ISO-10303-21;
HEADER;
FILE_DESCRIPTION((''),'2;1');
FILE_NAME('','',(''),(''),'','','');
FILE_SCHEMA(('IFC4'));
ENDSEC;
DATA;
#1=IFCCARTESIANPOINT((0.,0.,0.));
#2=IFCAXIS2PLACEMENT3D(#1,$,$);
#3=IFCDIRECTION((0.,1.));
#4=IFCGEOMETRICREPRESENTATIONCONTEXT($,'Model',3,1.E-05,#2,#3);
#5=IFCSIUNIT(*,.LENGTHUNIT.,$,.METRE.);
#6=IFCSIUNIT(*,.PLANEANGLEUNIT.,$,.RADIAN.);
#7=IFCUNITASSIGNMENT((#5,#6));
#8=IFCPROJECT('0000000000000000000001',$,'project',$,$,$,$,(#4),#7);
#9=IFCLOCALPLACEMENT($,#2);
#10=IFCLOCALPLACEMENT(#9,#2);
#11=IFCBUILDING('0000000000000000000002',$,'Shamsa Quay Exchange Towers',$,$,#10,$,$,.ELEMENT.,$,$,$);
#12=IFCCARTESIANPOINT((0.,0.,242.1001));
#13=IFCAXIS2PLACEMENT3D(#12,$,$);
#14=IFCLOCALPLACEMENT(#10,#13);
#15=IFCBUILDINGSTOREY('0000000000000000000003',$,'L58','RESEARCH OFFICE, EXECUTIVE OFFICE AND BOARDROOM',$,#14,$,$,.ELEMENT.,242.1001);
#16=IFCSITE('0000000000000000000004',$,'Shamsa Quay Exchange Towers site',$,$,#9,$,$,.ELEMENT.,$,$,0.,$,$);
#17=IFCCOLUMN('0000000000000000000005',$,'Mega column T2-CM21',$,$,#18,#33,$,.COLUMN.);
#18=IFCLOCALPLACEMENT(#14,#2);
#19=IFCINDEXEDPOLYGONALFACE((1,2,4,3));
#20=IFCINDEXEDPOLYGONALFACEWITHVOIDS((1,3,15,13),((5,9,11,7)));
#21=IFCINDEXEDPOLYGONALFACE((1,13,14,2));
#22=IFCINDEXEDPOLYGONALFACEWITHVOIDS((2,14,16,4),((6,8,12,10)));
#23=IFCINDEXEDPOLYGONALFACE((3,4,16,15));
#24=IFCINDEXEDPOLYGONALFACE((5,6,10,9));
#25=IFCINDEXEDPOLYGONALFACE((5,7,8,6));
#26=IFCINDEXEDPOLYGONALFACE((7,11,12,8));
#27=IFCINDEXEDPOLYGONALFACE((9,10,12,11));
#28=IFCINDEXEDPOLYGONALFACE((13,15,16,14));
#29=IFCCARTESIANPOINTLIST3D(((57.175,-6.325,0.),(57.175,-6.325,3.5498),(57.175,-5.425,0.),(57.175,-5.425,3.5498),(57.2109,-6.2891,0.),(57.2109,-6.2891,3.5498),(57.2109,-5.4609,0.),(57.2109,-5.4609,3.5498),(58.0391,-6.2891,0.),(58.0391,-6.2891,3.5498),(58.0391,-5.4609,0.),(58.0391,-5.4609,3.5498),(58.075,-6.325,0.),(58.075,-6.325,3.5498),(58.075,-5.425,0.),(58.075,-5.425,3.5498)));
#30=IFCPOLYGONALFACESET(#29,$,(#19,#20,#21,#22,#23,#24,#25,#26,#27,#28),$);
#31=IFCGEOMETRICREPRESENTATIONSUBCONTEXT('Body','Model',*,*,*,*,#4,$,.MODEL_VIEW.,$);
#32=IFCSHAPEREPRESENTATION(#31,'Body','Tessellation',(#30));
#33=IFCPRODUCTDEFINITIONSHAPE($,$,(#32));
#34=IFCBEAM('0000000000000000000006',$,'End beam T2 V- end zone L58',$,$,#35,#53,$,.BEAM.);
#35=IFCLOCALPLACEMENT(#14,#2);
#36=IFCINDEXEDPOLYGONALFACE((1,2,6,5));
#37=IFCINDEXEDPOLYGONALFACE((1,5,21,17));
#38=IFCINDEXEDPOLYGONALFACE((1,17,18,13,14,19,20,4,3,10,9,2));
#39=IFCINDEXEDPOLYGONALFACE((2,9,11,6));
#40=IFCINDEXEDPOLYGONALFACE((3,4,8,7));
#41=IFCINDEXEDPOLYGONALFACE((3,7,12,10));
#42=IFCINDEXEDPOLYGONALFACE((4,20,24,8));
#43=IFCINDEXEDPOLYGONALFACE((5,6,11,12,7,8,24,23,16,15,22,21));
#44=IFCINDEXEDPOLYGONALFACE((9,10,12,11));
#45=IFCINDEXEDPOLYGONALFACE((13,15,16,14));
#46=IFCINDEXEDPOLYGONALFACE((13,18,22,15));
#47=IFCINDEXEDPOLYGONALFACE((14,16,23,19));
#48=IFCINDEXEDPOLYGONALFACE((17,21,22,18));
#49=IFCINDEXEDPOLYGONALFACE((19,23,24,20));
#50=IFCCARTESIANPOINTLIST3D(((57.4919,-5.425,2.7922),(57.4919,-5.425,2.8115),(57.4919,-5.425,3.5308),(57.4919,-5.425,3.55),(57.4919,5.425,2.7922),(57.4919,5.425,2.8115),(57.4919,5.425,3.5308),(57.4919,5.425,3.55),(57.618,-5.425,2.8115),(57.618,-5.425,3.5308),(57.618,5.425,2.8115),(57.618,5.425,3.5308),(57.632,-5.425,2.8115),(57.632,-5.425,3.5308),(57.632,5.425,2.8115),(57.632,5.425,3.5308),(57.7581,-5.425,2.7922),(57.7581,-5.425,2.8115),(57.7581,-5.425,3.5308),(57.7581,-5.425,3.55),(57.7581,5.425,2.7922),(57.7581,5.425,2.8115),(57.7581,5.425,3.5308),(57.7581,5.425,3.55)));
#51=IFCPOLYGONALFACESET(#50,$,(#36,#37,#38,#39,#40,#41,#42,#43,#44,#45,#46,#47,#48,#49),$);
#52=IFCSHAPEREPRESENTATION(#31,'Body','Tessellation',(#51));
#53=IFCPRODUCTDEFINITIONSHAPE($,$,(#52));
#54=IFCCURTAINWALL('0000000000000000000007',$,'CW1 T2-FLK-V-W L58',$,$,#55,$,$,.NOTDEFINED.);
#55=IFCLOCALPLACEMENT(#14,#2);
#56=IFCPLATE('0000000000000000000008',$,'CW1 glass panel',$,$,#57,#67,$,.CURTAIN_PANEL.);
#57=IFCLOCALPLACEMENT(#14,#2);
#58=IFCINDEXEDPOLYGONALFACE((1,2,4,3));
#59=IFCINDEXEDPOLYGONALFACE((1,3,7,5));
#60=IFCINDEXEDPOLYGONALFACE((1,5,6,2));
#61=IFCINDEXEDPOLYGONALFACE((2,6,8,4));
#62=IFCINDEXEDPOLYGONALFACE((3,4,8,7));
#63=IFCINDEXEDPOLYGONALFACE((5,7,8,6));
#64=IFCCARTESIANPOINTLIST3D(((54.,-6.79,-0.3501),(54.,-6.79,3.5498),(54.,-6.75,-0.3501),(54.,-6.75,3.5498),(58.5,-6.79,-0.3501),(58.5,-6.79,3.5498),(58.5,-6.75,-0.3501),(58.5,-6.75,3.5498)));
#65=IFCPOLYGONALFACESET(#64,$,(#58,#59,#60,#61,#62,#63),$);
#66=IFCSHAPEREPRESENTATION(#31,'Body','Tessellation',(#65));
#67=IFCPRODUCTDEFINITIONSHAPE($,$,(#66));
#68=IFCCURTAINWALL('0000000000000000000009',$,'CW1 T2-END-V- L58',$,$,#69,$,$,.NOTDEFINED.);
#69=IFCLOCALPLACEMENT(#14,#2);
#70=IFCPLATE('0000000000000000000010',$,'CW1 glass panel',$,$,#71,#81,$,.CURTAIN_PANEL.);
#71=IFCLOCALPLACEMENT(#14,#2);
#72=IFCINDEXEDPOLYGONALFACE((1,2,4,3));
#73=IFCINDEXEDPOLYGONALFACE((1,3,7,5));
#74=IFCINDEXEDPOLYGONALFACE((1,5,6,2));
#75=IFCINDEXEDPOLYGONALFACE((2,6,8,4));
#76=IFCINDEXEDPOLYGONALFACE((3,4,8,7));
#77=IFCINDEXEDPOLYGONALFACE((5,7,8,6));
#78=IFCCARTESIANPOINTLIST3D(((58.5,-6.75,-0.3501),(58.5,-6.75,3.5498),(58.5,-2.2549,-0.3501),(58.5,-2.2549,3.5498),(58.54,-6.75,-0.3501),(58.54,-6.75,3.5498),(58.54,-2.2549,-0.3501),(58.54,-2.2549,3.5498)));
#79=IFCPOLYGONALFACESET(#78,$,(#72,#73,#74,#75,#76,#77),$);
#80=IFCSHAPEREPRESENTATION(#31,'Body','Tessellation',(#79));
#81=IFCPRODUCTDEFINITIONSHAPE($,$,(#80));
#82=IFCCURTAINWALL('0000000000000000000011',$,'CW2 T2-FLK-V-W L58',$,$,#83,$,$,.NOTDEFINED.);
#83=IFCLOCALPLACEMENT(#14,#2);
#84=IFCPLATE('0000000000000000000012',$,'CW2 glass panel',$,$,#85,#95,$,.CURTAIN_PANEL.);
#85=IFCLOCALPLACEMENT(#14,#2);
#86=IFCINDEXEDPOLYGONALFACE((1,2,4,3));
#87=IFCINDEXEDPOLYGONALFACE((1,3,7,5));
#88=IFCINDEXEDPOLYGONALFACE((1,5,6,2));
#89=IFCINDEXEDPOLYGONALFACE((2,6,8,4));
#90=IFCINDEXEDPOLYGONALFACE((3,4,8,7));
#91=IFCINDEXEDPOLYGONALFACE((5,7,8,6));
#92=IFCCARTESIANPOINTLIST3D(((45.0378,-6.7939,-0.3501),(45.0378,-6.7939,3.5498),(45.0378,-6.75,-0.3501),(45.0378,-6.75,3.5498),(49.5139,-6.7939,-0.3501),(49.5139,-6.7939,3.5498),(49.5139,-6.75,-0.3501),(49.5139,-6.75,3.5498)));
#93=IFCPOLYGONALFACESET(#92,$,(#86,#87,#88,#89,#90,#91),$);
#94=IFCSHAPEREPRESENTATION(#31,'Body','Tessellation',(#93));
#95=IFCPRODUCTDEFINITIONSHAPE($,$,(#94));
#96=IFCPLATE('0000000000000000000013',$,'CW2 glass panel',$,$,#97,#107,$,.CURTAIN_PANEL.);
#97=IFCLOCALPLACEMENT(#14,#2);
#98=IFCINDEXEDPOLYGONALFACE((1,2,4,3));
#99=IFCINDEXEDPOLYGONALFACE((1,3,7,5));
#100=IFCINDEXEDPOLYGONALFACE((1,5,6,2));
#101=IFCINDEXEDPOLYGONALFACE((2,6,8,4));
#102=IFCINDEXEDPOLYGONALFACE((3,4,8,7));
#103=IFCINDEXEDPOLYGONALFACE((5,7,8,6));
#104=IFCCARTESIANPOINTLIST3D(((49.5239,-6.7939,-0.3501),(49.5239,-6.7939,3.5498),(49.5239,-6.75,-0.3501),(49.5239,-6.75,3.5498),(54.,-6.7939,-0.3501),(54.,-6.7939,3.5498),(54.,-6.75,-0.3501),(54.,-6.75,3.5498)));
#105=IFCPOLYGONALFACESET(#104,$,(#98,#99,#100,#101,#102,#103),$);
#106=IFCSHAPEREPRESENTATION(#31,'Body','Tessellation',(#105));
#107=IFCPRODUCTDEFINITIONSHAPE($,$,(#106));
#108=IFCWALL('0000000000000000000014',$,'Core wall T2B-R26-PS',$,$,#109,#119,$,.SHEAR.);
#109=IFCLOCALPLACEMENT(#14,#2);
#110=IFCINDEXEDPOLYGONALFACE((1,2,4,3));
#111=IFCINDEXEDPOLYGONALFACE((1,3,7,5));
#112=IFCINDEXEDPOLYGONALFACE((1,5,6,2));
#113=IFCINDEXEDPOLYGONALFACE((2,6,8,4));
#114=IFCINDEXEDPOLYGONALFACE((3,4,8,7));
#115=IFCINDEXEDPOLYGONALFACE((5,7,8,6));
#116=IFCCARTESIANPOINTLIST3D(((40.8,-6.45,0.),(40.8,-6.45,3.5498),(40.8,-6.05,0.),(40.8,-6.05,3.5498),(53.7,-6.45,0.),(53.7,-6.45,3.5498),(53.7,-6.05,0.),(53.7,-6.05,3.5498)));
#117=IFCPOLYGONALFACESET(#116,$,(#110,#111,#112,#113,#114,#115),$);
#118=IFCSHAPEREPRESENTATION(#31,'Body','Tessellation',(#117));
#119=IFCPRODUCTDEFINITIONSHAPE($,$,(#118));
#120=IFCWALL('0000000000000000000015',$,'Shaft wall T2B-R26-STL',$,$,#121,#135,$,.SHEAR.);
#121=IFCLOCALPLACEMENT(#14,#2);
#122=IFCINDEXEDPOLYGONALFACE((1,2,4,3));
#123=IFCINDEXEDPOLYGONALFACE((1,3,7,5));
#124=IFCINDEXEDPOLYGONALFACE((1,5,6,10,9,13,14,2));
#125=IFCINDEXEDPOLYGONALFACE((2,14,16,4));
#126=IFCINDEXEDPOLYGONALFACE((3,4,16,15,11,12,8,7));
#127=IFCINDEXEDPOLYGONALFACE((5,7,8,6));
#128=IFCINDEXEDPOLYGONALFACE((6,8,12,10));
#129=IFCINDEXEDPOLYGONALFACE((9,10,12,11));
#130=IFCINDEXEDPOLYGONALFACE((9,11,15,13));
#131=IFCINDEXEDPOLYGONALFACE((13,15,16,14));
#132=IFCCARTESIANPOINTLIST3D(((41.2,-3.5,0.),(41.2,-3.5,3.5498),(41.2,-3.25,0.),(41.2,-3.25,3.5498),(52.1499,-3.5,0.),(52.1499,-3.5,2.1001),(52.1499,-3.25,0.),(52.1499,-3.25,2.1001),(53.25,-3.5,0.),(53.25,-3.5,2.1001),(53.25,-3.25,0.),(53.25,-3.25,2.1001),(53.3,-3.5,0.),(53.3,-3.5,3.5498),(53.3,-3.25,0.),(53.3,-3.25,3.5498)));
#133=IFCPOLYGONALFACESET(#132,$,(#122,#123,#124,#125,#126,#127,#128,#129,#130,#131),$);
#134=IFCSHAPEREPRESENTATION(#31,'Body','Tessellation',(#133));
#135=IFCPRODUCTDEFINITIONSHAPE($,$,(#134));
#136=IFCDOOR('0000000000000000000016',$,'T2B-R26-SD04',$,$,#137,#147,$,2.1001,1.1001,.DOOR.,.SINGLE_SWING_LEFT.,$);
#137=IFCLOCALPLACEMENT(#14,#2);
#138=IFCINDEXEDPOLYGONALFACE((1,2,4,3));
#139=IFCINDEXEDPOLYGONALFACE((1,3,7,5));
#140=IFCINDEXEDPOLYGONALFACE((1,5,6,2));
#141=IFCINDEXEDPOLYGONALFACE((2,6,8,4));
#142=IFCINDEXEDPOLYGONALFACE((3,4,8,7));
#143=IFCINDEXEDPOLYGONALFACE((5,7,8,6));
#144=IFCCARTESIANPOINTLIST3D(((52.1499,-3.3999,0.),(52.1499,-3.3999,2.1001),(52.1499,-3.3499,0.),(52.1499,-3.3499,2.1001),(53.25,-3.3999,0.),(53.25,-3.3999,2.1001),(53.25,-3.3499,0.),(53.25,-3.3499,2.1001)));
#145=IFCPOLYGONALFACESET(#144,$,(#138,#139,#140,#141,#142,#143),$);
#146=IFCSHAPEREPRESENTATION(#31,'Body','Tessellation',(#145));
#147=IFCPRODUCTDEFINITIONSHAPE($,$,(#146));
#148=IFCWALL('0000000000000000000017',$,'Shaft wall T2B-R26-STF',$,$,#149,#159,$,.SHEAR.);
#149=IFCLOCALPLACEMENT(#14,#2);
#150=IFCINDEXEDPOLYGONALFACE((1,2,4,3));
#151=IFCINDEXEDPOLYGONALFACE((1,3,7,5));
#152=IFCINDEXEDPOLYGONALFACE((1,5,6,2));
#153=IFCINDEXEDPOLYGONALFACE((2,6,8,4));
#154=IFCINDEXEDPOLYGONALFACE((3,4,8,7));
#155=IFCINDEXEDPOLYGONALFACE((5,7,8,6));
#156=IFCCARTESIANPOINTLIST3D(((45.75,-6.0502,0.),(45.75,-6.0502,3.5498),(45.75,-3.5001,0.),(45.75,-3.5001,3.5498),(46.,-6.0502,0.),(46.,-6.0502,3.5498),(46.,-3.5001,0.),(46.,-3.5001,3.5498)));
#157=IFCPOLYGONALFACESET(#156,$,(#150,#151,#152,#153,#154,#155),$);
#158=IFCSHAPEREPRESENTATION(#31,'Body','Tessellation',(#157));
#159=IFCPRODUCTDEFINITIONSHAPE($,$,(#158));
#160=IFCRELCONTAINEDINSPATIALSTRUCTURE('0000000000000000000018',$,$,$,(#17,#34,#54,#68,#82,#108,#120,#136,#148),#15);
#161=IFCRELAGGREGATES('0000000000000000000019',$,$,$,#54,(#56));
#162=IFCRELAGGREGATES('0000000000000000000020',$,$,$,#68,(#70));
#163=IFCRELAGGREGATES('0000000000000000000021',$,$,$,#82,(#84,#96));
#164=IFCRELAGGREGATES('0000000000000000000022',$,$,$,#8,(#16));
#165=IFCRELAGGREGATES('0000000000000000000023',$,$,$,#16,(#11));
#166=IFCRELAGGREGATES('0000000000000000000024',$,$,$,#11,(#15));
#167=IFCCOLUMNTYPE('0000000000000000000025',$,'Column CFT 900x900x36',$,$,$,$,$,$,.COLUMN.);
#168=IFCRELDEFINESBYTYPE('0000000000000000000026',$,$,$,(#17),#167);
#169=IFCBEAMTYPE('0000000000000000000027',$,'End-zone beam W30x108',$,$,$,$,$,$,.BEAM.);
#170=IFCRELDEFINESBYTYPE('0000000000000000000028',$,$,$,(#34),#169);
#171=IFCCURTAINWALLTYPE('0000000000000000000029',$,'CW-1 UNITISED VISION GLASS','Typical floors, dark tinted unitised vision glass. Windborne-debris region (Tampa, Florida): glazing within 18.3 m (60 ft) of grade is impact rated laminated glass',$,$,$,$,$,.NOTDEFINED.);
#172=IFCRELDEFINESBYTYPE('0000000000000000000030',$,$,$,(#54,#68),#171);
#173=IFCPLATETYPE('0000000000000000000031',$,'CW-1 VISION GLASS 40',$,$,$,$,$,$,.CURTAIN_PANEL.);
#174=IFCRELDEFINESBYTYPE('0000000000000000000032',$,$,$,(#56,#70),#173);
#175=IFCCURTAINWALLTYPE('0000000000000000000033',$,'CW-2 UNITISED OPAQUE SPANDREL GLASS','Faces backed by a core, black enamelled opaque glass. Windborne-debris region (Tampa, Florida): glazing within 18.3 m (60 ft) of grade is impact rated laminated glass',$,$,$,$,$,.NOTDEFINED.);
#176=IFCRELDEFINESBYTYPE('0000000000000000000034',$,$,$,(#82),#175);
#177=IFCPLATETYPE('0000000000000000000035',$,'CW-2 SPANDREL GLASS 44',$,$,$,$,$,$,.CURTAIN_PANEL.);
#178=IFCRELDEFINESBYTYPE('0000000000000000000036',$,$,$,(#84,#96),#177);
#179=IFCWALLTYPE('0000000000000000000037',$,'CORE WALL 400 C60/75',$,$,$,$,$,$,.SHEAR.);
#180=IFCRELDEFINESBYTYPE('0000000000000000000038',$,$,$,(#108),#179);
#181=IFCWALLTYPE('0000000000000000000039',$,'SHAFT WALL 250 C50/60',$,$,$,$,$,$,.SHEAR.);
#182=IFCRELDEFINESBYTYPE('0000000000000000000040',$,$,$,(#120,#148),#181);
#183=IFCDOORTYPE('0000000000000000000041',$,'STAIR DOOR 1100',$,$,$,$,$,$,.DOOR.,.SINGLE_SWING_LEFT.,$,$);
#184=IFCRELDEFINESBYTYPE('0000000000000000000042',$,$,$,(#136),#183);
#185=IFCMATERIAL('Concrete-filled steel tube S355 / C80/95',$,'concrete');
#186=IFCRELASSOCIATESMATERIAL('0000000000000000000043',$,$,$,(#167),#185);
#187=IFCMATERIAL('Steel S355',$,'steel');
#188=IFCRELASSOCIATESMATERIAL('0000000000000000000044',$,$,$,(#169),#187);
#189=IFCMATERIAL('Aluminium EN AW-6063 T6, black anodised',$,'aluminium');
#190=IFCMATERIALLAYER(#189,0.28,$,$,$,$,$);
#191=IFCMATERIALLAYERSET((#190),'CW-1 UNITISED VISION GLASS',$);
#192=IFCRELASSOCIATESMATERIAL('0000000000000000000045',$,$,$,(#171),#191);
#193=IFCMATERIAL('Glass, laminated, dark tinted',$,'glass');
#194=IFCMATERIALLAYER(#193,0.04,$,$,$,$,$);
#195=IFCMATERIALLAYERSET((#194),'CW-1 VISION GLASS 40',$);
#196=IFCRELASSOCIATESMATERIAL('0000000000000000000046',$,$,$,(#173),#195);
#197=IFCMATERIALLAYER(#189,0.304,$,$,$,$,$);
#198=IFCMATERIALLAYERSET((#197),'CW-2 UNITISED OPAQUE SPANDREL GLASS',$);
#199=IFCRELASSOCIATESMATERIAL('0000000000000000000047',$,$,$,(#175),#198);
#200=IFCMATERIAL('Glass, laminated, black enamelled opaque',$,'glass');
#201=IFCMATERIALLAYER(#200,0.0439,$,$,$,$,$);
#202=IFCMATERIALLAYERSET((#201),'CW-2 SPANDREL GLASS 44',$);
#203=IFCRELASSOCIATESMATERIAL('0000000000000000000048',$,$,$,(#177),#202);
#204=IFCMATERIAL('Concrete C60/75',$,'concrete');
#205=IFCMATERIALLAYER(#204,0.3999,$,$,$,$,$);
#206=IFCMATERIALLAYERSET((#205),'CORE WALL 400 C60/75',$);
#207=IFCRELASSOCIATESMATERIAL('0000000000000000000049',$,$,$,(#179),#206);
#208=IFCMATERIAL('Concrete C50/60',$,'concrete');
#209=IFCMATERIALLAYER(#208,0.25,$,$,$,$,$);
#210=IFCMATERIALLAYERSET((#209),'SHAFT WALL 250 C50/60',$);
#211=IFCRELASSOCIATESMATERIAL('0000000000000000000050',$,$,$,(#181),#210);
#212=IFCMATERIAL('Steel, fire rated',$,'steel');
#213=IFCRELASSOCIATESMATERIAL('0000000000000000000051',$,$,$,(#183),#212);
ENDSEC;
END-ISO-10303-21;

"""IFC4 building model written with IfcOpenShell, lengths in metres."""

from ifc_helpers import new_model, si_unit, direction, frame, frame_2d, origin, origin_2d, place, context, subcontext, project, spatial, rectangle, hollow_rectangle, i_section, extrude, material, layer, layer_set, material_profile, profile_set, type_object, element, fill, aggregate, save


model = new_model("IFC4")

# Units and contexts
model_context = context("Model", 3, precision=1e-05, world=origin(), true_north=direction((0.0, 1.0)))
body_context = subcontext(model_context, "Body", "Model", "MODEL_VIEW")
ifc_project = project(units=[si_unit("LENGTHUNIT", "METRE"), si_unit("PLANEANGLEUNIT", "RADIAN")], contexts=[model_context])

# Site, building, storey
site_placement = place(None, origin())
site = spatial("IfcSite", under=ifc_project, at=site_placement, Name="Shamsa Quay Exchange Towers site", CompositionType="ELEMENT", RefElevation=0.0)
building_placement = place(site_placement, origin())
building = spatial("IfcBuilding", under=site, at=building_placement, Name="Shamsa Quay Exchange Towers", CompositionType="ELEMENT")
storey_placement = place(building_placement, frame((0.0, 0.0, 242.1001)))
storey = spatial("IfcBuildingStorey", under=building, at=storey_placement, Name="L58", Description="RESEARCH OFFICE, EXECUTIVE OFFICE AND BOARDROOM", CompositionType="ELEMENT", Elevation=242.1001)

# Column
ifc_material_1 = material(Name="Concrete-filled steel tube S355 / C80/95", Category="concrete")
ifc_material_profile_1 = material_profile(ifc_material_1, hollow_rectangle(XDim=0.8999, YDim=0.8999, WallThickness=0.0359, at=origin_2d()), Name="CFT 900x900x36")
ifc_profile_set_1 = profile_set([ifc_material_profile_1], Name="Concrete-filled steel tube S355 / C80/95")
column_type = type_object("IfcColumnType", Name="Column CFT 900x900x36", PredefinedType="COLUMN", material=ifc_profile_set_1)
column_placement = place(storey_placement, frame((57.625, -5.875, 0.0)))
element("IfcColumn", 1, at=column_placement, inside=storey, type_object=column_type, Name="Mega column T2-CM21", PredefinedType="COLUMN", context=body_context, shape_type="SweptSolid", body=[
    extrude(hollow_rectangle(XDim=0.8999, YDim=0.8999, WallThickness=0.0359, at=origin_2d()), origin(), (0.0, 0.0, 1.0), 3.5498),
])

# Beam
ifc_material_2 = material(Name="Steel S355", Category="steel")
ifc_material_profile_2 = material_profile(ifc_material_2, i_section(OverallWidth=0.2661, OverallDepth=0.7578, WebThickness=0.0139, FlangeThickness=0.0193, at=origin_2d()), Name="W30x108")
ifc_profile_set_2 = profile_set([ifc_material_profile_2], Name="Steel S355")
beam_type = type_object("IfcBeamType", Name="End-zone beam W30x108", PredefinedType="BEAM", material=ifc_profile_set_2)
beam_placement = place(storey_placement, frame((57.625, -5.425, 3.1711), z_axis=(0.0, 1.0, 0.0), x_axis=(-1.0, 0.0, 0.0)))
element("IfcBeam", 2, at=beam_placement, inside=storey, type_object=beam_type, Name="End beam T2 V- end zone L58", PredefinedType="BEAM", context=body_context, shape_type="SweptSolid", body=[
    extrude(i_section(OverallWidth=0.2661, OverallDepth=0.7578, WebThickness=0.0139, FlangeThickness=0.0193, at=origin_2d()), origin(), (0.0, 0.0, 1.0), 10.8501),
])

# Curtain walls, plates
ifc_material_3 = material(Name="Aluminium EN AW-6063 T6, black anodised", Category="aluminium")
ifc_layer_1 = layer(ifc_material_3, 0.28)
ifc_layer_set_1 = layer_set([ifc_layer_1], Name="CW-1 UNITISED VISION GLASS")
curtain_wall_type_1 = type_object("IfcCurtainWallType", Name="CW-1 UNITISED VISION GLASS", Description="Typical floors, dark tinted unitised vision glass. Windborne-debris region (Tampa, Florida): glazing within 18.3 m (60 ft) of grade is impact rated laminated glass", PredefinedType="NOTDEFINED", material=ifc_layer_set_1)
curtain_wall_1_placement = place(storey_placement, origin())
curtain_wall_1 = element("IfcCurtainWall", 3, at=curtain_wall_1_placement, inside=storey, type_object=curtain_wall_type_1, Name="CW1 T2-FLK-V-W L58", PredefinedType="NOTDEFINED")
ifc_material_4 = material(Name="Glass, laminated, dark tinted", Category="glass")
ifc_layer_2 = layer(ifc_material_4, 0.04)
ifc_layer_set_2 = layer_set([ifc_layer_2], Name="CW-1 VISION GLASS 40")
plate_type_1 = type_object("IfcPlateType", Name="CW-1 VISION GLASS 40", PredefinedType="CURTAIN_PANEL", material=ifc_layer_set_2)
plate_1_placement = place(storey_placement, frame((56.25, -6.77, -0.3501)))
plate_1 = element("IfcPlate", 4, at=plate_1_placement, type_object=plate_type_1, Name="CW1 glass panel", PredefinedType="CURTAIN_PANEL", context=body_context, shape_type="SweptSolid", body=[
    extrude(rectangle(XDim=4.5, YDim=0.04, at=origin_2d()), origin(), (0.0, 0.0, 1.0), 3.8999),
])
aggregate(curtain_wall_1, [plate_1])
curtain_wall_2_placement = place(storey_placement, origin())
curtain_wall_2 = element("IfcCurtainWall", 5, at=curtain_wall_2_placement, inside=storey, type_object=curtain_wall_type_1, Name="CW1 T2-END-V- L58", PredefinedType="NOTDEFINED")
plate_2_placement = place(storey_placement, frame((58.52, -4.5024, -0.3501), z_axis=(0.0, 0.0, 1.0), x_axis=(0.0, 1.0, 0.0)))
plate_2 = element("IfcPlate", 6, at=plate_2_placement, type_object=plate_type_1, Name="CW1 glass panel", PredefinedType="CURTAIN_PANEL", context=body_context, shape_type="SweptSolid", body=[
    extrude(rectangle(XDim=4.4951, YDim=0.04, at=origin_2d()), origin(), (0.0, 0.0, 1.0), 3.8999),
])
aggregate(curtain_wall_2, [plate_2])

# Curtain wall, plates
ifc_layer_3 = layer(ifc_material_3, 0.304)
ifc_layer_set_3 = layer_set([ifc_layer_3], Name="CW-2 UNITISED OPAQUE SPANDREL GLASS")
curtain_wall_type_2 = type_object("IfcCurtainWallType", Name="CW-2 UNITISED OPAQUE SPANDREL GLASS", Description="Faces backed by a core, black enamelled opaque glass. Windborne-debris region (Tampa, Florida): glazing within 18.3 m (60 ft) of grade is impact rated laminated glass", PredefinedType="NOTDEFINED", material=ifc_layer_set_3)
curtain_wall_3_placement = place(storey_placement, origin())
curtain_wall_3 = element("IfcCurtainWall", 7, at=curtain_wall_3_placement, inside=storey, type_object=curtain_wall_type_2, Name="CW2 T2-FLK-V-W L58", PredefinedType="NOTDEFINED")
ifc_material_5 = material(Name="Glass, laminated, black enamelled opaque", Category="glass")
ifc_layer_4 = layer(ifc_material_5, 0.0439)
ifc_layer_set_4 = layer_set([ifc_layer_4], Name="CW-2 SPANDREL GLASS 44")
plate_type_2 = type_object("IfcPlateType", Name="CW-2 SPANDREL GLASS 44", PredefinedType="CURTAIN_PANEL", material=ifc_layer_set_4)
plate_3_placement = place(storey_placement, frame((47.2759, -6.772, -0.3501)))
plate_3 = element("IfcPlate", 8, at=plate_3_placement, type_object=plate_type_2, Name="CW2 glass panel", PredefinedType="CURTAIN_PANEL", context=body_context, shape_type="SweptSolid", body=[
    extrude(rectangle(XDim=4.4761, YDim=0.0439, at=origin_2d()), origin(), (0.0, 0.0, 1.0), 3.8999),
])
plate_4_placement = place(storey_placement, frame((51.762, -6.772, -0.3501)))
plate_4 = element("IfcPlate", 9, at=plate_4_placement, type_object=plate_type_2, Name="CW2 glass panel", PredefinedType="CURTAIN_PANEL", context=body_context, shape_type="SweptSolid", body=[
    extrude(rectangle(XDim=4.4761, YDim=0.0439, at=origin_2d()), origin(), (0.0, 0.0, 1.0), 3.8999),
])
aggregate(curtain_wall_3, [plate_3, plate_4])

# Wall
ifc_material_6 = material(Name="Concrete C60/75", Category="concrete")
ifc_layer_5 = layer(ifc_material_6, 0.3999)
ifc_layer_set_5 = layer_set([ifc_layer_5], Name="CORE WALL 400 C60/75")
wall_type_1 = type_object("IfcWallType", Name="CORE WALL 400 C60/75", PredefinedType="SHEAR", material=ifc_layer_set_5)
wall_1_placement = place(storey_placement, frame((53.7, -6.25, 0.0), z_axis=(0.0, 0.0, 1.0), x_axis=(-1.0, 0.0, 0.0)))
element("IfcWall", 10, at=wall_1_placement, inside=storey, type_object=wall_type_1, Name="Core wall T2B-R26-PS", PredefinedType="SHEAR", context=body_context, shape_type="SweptSolid", body=[
    extrude(rectangle(XDim=12.8999, YDim=0.3999, at=frame_2d((6.45, 0.0))), origin(), (0.0, 0.0, 1.0), 3.5498),
])

# Wall, opening, door
ifc_material_7 = material(Name="Steel, fire rated", Category="steel")
ifc_material_8 = material(Name="Concrete C50/60", Category="concrete")
ifc_layer_6 = layer(ifc_material_8, 0.25)
ifc_layer_set_6 = layer_set([ifc_layer_6], Name="SHAFT WALL 250 C50/60")
wall_type_2 = type_object("IfcWallType", Name="SHAFT WALL 250 C50/60", PredefinedType="SHEAR", material=ifc_layer_set_6)
wall_2_placement = place(storey_placement, frame((53.3, -3.375, 0.0), z_axis=(0.0, 0.0, 1.0), x_axis=(-1.0, 0.0, 0.0)))
wall_2 = element("IfcWall", 11, at=wall_2_placement, inside=storey, type_object=wall_type_2, Name="Shaft wall T2B-R26-STL", PredefinedType="SHEAR", context=body_context, shape_type="SweptSolid", body=[
    extrude(rectangle(XDim=12.1001, YDim=0.25, at=frame_2d((6.05, 0.0))), origin(), (0.0, 0.0, 1.0), 3.5498),
])
opening_1_placement = place(wall_2_placement, frame((0.05, 0.0, 0.0)))
opening_1 = element("IfcOpeningElement", 12, at=opening_1_placement, cuts=wall_2, PredefinedType="OPENING", context=body_context, shape_type="SweptSolid", body=[
    extrude(rectangle(XDim=1.1001, YDim=2.1001, at=frame_2d((0.55, 1.05))), frame((0.0, 0.135, 0.0), z_axis=(0.0, -1.0, 0.0), x_axis=(1.0, 0.0, 0.0)), (0.0, 0.0, 1.0), 0.27),
])
door_type_1 = type_object("IfcDoorType", Name="STAIR DOOR 1100", OperationType="SINGLE_SWING_LEFT", PredefinedType="DOOR", material=ifc_material_7)
door_1_placement = place(opening_1_placement, origin())
door_1 = element("IfcDoor", 13, at=door_1_placement, inside=storey, type_object=door_type_1, Name="T2B-R26-SD04", OperationType="SINGLE_SWING_LEFT", OverallHeight=2.1001, OverallWidth=1.1001, PredefinedType="DOOR", context=body_context, shape_type="SweptSolid", body=[
    extrude(rectangle(XDim=1.1001, YDim=2.1001, at=frame_2d((0.55, 1.05))), frame((0.0, 0.0249, 0.0), z_axis=(0.0, -1.0, 0.0), x_axis=(1.0, 0.0, 0.0)), (0.0, 0.0, 1.0), 0.05),
])
fill(opening_1, door_1)

# Wall
wall_3_placement = place(storey_placement, frame((45.875, -6.05, 0.0), z_axis=(0.0, 0.0, 1.0), x_axis=(0.0, 1.0, 0.0)))
element("IfcWall", 14, at=wall_3_placement, inside=storey, type_object=wall_type_2, Name="Shaft wall T2B-R26-STF", PredefinedType="SHEAR", context=body_context, shape_type="SweptSolid", body=[
    extrude(rectangle(XDim=2.55, YDim=0.25, at=frame_2d((1.2749, 0.0))), origin(), (0.0, 0.0, 1.0), 3.5498),
])

save(model, "model.ifc")
